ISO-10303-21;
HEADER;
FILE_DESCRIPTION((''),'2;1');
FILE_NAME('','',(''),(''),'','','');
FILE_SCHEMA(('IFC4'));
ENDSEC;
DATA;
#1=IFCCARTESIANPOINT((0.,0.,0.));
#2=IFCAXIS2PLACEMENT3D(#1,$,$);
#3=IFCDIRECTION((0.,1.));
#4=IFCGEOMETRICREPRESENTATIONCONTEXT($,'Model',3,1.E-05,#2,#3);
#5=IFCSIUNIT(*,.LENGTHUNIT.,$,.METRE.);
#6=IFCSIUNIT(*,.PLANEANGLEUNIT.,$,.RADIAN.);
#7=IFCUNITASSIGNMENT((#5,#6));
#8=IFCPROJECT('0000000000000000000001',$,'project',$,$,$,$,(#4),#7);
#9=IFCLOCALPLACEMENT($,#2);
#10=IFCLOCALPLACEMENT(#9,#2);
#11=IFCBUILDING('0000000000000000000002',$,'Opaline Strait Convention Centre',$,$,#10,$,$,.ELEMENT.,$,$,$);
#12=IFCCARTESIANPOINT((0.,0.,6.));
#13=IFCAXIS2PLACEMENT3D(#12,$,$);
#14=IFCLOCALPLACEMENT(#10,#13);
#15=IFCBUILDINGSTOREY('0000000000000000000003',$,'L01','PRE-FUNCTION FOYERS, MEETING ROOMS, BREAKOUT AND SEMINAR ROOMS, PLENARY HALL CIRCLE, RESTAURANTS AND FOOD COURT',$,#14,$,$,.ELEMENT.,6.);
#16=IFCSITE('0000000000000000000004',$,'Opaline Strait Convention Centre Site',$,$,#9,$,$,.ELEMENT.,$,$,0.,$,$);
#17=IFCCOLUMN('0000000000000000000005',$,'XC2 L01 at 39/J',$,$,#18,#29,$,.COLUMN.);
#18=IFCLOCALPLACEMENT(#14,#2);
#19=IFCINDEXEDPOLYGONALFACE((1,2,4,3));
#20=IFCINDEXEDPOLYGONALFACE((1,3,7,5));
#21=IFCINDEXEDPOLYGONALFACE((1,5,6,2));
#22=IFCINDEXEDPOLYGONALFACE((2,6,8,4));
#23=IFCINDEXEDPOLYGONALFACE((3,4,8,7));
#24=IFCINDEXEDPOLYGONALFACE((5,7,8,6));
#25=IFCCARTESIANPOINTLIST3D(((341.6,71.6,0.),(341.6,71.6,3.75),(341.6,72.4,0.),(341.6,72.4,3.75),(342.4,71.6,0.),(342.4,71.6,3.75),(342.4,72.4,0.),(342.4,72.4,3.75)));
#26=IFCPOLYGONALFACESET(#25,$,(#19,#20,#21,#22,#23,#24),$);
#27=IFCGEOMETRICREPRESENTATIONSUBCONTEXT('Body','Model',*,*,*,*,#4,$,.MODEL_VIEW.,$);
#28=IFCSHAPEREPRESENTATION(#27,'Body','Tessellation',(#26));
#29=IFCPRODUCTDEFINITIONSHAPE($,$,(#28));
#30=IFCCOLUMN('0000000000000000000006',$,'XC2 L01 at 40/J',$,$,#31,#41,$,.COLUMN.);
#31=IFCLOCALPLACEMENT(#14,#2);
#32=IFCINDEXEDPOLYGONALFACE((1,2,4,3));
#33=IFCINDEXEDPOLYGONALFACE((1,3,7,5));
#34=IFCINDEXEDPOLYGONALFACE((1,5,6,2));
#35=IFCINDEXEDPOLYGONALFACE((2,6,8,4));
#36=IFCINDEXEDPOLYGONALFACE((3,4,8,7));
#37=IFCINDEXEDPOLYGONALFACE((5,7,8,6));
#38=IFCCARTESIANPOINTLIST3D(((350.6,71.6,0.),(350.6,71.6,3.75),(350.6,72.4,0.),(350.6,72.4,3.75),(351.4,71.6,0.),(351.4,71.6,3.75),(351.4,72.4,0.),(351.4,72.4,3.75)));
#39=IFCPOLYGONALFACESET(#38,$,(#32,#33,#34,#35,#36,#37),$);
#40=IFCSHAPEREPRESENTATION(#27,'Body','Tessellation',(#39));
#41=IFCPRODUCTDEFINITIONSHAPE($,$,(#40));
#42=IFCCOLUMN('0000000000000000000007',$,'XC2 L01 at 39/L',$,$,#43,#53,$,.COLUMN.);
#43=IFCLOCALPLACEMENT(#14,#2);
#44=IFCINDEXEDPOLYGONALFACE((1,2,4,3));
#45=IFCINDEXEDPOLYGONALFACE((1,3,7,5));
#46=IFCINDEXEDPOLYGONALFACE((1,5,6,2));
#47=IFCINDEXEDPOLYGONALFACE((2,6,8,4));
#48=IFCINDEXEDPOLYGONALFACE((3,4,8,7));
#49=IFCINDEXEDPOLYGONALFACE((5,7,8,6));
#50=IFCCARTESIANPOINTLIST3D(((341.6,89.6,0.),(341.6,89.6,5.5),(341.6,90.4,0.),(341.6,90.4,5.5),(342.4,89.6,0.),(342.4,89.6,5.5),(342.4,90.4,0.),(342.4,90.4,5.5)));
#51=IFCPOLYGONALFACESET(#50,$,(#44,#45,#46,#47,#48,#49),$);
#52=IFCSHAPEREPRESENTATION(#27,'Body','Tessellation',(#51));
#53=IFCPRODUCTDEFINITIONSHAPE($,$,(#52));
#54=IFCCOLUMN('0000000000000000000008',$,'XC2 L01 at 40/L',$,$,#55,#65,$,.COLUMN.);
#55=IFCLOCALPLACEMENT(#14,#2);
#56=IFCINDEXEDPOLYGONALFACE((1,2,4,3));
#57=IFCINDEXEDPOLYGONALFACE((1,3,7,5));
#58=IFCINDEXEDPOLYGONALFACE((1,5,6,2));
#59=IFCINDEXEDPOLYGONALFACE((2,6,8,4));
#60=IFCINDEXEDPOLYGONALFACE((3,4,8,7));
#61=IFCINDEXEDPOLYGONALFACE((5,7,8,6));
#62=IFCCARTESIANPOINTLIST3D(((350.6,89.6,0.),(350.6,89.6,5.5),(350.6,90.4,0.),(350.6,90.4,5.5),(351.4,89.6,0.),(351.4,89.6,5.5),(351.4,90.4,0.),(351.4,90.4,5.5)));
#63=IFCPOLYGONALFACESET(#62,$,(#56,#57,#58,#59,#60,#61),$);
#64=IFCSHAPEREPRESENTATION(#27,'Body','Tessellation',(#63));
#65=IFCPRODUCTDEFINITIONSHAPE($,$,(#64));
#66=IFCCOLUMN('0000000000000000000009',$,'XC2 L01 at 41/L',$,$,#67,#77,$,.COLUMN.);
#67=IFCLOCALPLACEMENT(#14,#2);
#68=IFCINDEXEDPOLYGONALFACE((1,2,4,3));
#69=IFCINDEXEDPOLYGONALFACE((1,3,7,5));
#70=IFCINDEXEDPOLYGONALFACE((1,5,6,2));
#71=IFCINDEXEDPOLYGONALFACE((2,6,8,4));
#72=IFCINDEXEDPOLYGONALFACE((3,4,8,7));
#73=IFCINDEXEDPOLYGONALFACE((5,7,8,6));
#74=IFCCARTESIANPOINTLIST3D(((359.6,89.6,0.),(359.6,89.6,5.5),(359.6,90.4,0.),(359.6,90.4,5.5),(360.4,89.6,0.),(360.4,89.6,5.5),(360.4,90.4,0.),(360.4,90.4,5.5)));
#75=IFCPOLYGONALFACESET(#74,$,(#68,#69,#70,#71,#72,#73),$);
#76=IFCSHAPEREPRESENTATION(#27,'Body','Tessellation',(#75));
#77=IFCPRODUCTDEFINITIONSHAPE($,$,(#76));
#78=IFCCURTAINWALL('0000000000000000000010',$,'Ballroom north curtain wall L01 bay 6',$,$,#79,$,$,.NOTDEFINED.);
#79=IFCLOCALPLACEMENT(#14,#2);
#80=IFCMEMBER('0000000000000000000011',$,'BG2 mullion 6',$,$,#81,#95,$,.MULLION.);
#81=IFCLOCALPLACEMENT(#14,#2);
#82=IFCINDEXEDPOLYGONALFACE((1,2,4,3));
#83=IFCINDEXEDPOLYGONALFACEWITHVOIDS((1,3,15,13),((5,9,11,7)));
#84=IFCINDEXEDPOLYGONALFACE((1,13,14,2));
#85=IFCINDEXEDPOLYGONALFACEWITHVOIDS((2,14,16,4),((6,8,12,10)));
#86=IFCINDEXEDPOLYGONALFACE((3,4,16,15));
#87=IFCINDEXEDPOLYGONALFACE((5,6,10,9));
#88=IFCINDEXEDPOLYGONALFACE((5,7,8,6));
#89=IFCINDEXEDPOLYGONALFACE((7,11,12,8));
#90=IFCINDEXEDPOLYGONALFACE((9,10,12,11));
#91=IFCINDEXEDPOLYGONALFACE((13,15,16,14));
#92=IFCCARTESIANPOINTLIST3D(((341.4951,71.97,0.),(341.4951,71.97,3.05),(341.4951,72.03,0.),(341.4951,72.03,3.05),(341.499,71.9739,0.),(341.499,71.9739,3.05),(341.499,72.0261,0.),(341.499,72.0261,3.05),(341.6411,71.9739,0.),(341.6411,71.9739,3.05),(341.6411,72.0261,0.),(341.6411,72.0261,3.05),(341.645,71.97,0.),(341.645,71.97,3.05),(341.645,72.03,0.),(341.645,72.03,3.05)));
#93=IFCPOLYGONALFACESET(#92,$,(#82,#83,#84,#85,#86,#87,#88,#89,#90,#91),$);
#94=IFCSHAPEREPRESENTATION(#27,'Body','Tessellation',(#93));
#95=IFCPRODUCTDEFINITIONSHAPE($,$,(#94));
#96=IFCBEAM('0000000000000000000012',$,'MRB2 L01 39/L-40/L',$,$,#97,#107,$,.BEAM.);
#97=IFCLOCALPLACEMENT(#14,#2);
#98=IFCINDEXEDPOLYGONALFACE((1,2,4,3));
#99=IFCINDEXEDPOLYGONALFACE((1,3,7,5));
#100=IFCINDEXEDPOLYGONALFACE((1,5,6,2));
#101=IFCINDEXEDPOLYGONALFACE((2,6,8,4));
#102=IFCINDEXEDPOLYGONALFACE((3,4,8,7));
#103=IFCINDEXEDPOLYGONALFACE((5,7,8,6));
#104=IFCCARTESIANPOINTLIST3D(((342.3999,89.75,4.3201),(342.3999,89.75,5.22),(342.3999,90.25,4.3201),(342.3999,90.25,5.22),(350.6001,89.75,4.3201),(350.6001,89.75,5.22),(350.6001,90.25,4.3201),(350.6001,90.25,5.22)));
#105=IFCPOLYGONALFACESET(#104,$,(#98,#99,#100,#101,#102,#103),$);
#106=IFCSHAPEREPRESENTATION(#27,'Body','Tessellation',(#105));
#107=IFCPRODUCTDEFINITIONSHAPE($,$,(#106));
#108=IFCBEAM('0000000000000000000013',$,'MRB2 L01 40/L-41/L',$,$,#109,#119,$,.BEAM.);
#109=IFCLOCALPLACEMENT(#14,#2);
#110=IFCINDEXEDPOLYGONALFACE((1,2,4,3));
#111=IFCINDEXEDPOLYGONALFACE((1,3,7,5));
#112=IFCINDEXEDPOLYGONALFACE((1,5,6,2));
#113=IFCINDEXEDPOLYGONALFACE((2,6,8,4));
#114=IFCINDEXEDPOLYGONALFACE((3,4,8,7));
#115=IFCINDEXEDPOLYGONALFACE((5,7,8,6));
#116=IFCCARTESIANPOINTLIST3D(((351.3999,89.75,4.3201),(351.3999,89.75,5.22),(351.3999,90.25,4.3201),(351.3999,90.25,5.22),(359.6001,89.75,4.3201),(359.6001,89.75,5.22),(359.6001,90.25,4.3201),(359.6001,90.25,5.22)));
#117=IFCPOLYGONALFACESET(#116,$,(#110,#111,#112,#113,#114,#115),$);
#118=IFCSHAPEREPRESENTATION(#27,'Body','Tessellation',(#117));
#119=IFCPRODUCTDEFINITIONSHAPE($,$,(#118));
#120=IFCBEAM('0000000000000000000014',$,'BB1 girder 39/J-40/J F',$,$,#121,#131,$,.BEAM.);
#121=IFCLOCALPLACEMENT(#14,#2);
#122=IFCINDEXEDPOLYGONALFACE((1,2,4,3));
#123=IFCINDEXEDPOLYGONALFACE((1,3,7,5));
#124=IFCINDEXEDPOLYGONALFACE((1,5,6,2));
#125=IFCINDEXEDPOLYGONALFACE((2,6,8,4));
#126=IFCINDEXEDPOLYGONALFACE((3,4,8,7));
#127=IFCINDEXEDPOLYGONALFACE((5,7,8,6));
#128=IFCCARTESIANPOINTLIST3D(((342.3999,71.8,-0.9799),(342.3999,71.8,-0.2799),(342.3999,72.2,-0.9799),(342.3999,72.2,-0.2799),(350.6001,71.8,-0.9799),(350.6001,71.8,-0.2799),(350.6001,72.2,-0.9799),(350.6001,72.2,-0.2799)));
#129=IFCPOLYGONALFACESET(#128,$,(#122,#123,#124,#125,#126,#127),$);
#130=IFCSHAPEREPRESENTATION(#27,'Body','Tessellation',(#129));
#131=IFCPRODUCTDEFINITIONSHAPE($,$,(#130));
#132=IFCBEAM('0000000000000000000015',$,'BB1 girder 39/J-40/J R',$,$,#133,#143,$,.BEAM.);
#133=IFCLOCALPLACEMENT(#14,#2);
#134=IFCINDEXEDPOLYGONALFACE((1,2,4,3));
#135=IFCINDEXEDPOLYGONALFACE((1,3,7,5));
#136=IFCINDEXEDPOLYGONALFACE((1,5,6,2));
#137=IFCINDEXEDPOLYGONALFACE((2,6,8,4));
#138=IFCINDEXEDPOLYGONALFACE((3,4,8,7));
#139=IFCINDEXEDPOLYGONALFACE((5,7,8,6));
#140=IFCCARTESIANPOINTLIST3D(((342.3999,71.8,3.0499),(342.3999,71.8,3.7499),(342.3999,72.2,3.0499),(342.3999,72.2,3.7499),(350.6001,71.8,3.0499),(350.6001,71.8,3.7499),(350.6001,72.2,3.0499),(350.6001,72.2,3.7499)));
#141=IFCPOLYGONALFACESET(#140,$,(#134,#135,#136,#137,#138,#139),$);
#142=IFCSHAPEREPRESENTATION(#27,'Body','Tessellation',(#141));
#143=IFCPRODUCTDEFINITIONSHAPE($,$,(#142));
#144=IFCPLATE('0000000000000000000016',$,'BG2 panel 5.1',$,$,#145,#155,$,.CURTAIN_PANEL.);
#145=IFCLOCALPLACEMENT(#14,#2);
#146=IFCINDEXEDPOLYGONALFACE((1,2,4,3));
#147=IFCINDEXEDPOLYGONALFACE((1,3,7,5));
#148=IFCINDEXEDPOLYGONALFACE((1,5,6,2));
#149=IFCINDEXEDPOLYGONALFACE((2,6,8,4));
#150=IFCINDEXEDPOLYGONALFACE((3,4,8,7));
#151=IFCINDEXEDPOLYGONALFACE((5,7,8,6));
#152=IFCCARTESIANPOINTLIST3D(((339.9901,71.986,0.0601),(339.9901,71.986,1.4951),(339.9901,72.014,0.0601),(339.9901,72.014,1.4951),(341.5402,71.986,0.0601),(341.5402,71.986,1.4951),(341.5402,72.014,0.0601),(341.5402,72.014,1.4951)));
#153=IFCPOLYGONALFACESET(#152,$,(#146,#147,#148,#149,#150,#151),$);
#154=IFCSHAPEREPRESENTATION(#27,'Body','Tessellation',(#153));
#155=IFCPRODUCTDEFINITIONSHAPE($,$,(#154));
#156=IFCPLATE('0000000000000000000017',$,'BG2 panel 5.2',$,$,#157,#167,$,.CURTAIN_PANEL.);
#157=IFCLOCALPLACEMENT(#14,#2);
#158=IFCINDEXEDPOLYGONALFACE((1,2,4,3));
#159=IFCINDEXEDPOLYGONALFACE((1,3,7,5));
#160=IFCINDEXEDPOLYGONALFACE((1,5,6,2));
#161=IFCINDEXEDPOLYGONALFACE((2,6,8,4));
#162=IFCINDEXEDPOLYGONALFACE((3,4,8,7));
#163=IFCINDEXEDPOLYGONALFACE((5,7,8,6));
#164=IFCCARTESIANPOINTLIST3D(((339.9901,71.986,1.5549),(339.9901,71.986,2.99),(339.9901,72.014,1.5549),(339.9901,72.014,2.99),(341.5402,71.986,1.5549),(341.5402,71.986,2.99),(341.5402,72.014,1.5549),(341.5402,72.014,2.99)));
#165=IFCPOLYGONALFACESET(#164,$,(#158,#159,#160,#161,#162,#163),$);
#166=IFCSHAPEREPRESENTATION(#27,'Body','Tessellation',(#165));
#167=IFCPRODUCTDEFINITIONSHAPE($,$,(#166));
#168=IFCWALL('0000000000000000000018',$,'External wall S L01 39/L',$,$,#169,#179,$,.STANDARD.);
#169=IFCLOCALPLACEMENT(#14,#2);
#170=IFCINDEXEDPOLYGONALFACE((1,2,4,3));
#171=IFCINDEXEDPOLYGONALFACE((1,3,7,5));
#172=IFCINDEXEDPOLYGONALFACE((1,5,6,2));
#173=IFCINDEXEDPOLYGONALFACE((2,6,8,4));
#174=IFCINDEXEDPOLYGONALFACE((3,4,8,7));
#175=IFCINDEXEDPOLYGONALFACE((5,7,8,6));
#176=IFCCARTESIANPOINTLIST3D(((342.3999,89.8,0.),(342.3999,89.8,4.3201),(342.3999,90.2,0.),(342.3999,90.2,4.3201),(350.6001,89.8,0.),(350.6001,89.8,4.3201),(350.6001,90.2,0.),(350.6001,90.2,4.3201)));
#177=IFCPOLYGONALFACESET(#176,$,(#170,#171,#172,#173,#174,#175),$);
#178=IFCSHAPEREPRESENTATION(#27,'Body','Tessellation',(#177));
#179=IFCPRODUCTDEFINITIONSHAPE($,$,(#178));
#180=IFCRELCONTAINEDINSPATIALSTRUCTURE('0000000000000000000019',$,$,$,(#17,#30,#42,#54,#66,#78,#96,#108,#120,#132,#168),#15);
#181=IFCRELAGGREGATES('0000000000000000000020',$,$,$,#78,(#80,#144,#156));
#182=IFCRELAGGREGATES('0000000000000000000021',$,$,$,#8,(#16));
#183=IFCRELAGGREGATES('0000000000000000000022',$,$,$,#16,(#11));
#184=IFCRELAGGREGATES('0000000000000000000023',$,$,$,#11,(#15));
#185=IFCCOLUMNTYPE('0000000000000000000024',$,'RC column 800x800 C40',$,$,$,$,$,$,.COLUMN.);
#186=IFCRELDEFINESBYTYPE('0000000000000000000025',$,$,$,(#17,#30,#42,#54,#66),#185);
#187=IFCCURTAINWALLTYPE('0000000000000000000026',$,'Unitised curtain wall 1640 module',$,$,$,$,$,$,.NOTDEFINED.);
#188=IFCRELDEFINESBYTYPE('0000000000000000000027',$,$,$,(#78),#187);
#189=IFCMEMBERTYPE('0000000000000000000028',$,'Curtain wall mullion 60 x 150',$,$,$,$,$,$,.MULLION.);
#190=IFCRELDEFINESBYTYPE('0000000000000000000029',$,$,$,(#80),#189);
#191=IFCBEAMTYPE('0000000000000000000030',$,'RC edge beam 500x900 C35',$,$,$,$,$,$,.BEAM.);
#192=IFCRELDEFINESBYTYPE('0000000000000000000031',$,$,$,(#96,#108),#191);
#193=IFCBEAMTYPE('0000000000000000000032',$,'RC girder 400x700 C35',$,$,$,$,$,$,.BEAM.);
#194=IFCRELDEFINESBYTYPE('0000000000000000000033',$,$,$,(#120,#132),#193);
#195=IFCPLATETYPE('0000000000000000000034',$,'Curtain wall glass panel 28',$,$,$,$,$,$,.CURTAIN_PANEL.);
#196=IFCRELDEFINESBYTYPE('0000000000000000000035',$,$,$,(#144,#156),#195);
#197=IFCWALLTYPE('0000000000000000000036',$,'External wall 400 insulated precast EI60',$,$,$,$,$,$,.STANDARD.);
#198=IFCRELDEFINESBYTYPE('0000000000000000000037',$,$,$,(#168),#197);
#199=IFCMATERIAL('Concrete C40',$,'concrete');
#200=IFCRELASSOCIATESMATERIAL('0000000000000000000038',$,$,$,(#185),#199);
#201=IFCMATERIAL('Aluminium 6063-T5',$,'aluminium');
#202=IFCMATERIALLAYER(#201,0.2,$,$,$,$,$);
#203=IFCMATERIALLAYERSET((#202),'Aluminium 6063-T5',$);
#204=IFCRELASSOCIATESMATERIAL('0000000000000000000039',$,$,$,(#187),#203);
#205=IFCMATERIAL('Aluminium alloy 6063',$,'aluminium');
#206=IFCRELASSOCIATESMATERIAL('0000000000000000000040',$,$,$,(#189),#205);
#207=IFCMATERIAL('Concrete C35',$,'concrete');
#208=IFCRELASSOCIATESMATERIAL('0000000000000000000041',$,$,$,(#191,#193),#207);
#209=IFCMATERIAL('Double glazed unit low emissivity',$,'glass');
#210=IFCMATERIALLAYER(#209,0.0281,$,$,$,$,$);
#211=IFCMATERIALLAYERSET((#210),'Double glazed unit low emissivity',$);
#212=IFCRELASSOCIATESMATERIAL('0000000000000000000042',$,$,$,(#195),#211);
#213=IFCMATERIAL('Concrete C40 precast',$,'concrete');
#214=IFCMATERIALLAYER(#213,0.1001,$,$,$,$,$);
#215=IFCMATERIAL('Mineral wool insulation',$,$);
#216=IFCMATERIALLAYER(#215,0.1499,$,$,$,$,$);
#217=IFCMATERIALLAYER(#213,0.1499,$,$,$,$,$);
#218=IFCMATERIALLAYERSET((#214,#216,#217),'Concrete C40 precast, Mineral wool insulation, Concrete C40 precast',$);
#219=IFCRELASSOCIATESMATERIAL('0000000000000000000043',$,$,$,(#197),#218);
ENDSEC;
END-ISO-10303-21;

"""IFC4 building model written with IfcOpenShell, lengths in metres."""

from ifc_helpers import new_model, si_unit, direction, frame, frame_2d, origin, origin_2d, place, context, subcontext, project, spatial, rectangle, hollow_rectangle, extrude, material, layer, layer_set, material_profile, profile_set, type_object, element, aggregate, save


model = new_model("IFC4")

# Units and contexts
model_context = context("Model", 3, precision=1e-05, world=origin(), true_north=direction((0.0, 1.0)))
body_context = subcontext(model_context, "Body", "Model", "MODEL_VIEW")
ifc_project = project(units=[si_unit("LENGTHUNIT", "METRE"), si_unit("PLANEANGLEUNIT", "RADIAN")], contexts=[model_context])

# Site, building, storey
site_placement = place(None, origin())
site = spatial("IfcSite", under=ifc_project, at=site_placement, Name="Opaline Strait Convention Centre Site", CompositionType="ELEMENT", RefElevation=0.0)
building_placement = place(site_placement, origin())
building = spatial("IfcBuilding", under=site, at=building_placement, Name="Opaline Strait Convention Centre", CompositionType="ELEMENT")
storey_placement = place(building_placement, frame((0.0, 0.0, 6.0)))
storey = spatial("IfcBuildingStorey", under=building, at=storey_placement, Name="L01", Description="PRE-FUNCTION FOYERS, MEETING ROOMS, BREAKOUT AND SEMINAR ROOMS, PLENARY HALL CIRCLE, RESTAURANTS AND FOOD COURT", CompositionType="ELEMENT", Elevation=6.0)

# Columns
ifc_material_1 = material(Name="Concrete C40", Category="concrete")
ifc_material_profile_1 = material_profile(ifc_material_1, rectangle(XDim=0.8, YDim=0.8, at=origin_2d()), Name="RC 800x800")
ifc_profile_set_1 = profile_set([ifc_material_profile_1], Name="Concrete C40")
column_type = type_object("IfcColumnType", Name="RC column 800x800 C40", PredefinedType="COLUMN", material=ifc_profile_set_1)
for number, where, z_axis, x_axis, name in (
    (1, (342.0, 72.0, 0.0), (0.0, 0.0, 1.0), (1.0, 0.0, 0.0), "XC2 L01 at 39/J"),
    (2, (351.0, 72.0, 0.0), (0.0, 0.0, 1.0), (1.0, 0.0, 0.0), "XC2 L01 at 40/J"),
):
    element("IfcColumn", number, at=place(storey_placement, frame(where, z_axis=z_axis, x_axis=x_axis)), inside=storey, type_object=column_type, Name=name, PredefinedType="COLUMN", context=body_context, shape_type="SweptSolid", body=[
        extrude(rectangle(XDim=0.8, YDim=0.8, at=origin_2d()), origin(), (0.0, 0.0, 1.0), 3.75),
    ])
for number, where, z_axis, x_axis, name in (
    (3, (342.0, 90.0, 0.0), (0.0, 0.0, 1.0), (1.0, 0.0, 0.0), "XC2 L01 at 39/L"),
    (4, (351.0, 90.0, 0.0), (0.0, 0.0, 1.0), (1.0, 0.0, 0.0), "XC2 L01 at 40/L"),
    (5, (360.0, 90.0, 0.0), (0.0, 0.0, 1.0), (1.0, 0.0, 0.0), "XC2 L01 at 41/L"),
):
    element("IfcColumn", number, at=place(storey_placement, frame(where, z_axis=z_axis, x_axis=x_axis)), inside=storey, type_object=column_type, Name=name, PredefinedType="COLUMN", context=body_context, shape_type="SweptSolid", body=[
        extrude(rectangle(XDim=0.8, YDim=0.8, at=origin_2d()), origin(), (0.0, 0.0, 1.0), 5.5),
    ])

# Curtain wall, member
ifc_material_2 = material(Name="Aluminium 6063-T5", Category="aluminium")
ifc_layer_1 = layer(ifc_material_2, 0.2)
ifc_layer_set_1 = layer_set([ifc_layer_1], Name="Aluminium 6063-T5")
curtain_wall_type = type_object("IfcCurtainWallType", Name="Unitised curtain wall 1640 module", PredefinedType="NOTDEFINED", material=ifc_layer_set_1)
curtain_wall_placement = place(storey_placement, origin())
curtain_wall = element("IfcCurtainWall", 6, at=curtain_wall_placement, inside=storey, type_object=curtain_wall_type, Name="Ballroom north curtain wall L01 bay 6", PredefinedType="NOTDEFINED")
ifc_material_3 = material(Name="Aluminium alloy 6063", Category="aluminium")
ifc_material_profile_2 = material_profile(ifc_material_3, hollow_rectangle(XDim=0.0601, YDim=0.1499, WallThickness=0.0039, at=origin_2d()), Name="MULLION 60x150x4")
ifc_profile_set_2 = profile_set([ifc_material_profile_2], Name="Aluminium alloy 6063")
member_type = type_object("IfcMemberType", Name="Curtain wall mullion 60 x 150", PredefinedType="MULLION", material=ifc_profile_set_2)
member_placement = place(storey_placement, frame((341.5701, 72.0, 0.0), z_axis=(0.0, 0.0, 1.0), x_axis=(0.0, 1.0, 0.0)))
member = element("IfcMember", 7, at=member_placement, type_object=member_type, Name="BG2 mullion 6", PredefinedType="MULLION", context=body_context, shape_type="SweptSolid", body=[
    extrude(hollow_rectangle(XDim=0.0601, YDim=0.1499, WallThickness=0.0039, at=origin_2d()), origin(), (0.0, 0.0, 1.0), 3.05),
])

# Beams
ifc_material_4 = material(Name="Concrete C35", Category="concrete")
ifc_material_profile_3 = material_profile(ifc_material_4, rectangle(XDim=0.5, YDim=0.8999, at=origin_2d()), Name="RC 500x900")
ifc_profile_set_3 = profile_set([ifc_material_profile_3], Name="Concrete C35")
beam_type_1 = type_object("IfcBeamType", Name="RC edge beam 500x900 C35", PredefinedType="BEAM", material=ifc_profile_set_3)
for number, where, z_axis, x_axis, name in (
    (8, (342.3999, 90.0, 4.77), (1.0, 0.0, 0.0), (0.0, 1.0, 0.0), "MRB2 L01 39/L-40/L"),
    (9, (351.3999, 90.0, 4.77), (1.0, 0.0, 0.0), (0.0, 1.0, 0.0), "MRB2 L01 40/L-41/L"),
):
    element("IfcBeam", number, at=place(storey_placement, frame(where, z_axis=z_axis, x_axis=x_axis)), inside=storey, type_object=beam_type_1, Name=name, PredefinedType="BEAM", context=body_context, shape_type="SweptSolid", body=[
        extrude(rectangle(XDim=0.5, YDim=0.8999, at=origin_2d()), origin(), (0.0, 0.0, 1.0), 8.2002),
    ])
ifc_material_profile_4 = material_profile(ifc_material_4, rectangle(XDim=0.3999, YDim=0.7, at=origin_2d()), Name="RC 400x700")
ifc_profile_set_4 = profile_set([ifc_material_profile_4], Name="Concrete C35")
beam_type_2 = type_object("IfcBeamType", Name="RC girder 400x700 C35", PredefinedType="BEAM", material=ifc_profile_set_4)
for number, where, z_axis, x_axis, name in (
    (10, (342.3999, 72.0, -0.6299), (1.0, 0.0, 0.0), (0.0, 1.0, 0.0), "BB1 girder 39/J-40/J F"),
    (11, (342.3999, 72.0, 3.3999), (1.0, 0.0, 0.0), (0.0, 1.0, 0.0), "BB1 girder 39/J-40/J R"),
):
    element("IfcBeam", number, at=place(storey_placement, frame(where, z_axis=z_axis, x_axis=x_axis)), inside=storey, type_object=beam_type_2, Name=name, PredefinedType="BEAM", context=body_context, shape_type="SweptSolid", body=[
        extrude(rectangle(XDim=0.3999, YDim=0.7, at=origin_2d()), origin(), (0.0, 0.0, 1.0), 8.2002),
    ])

# Plates
ifc_material_5 = material(Name="Double glazed unit low emissivity", Category="glass")
ifc_layer_2 = layer(ifc_material_5, 0.0281)
ifc_layer_set_2 = layer_set([ifc_layer_2], Name="Double glazed unit low emissivity")
plate_type = type_object("IfcPlateType", Name="Curtain wall glass panel 28", PredefinedType="CURTAIN_PANEL", material=ifc_layer_set_2)
plate_1_placement = place(storey_placement, frame((340.7651, 72.0, 0.0601), z_axis=(0.0, 0.0, 1.0), x_axis=(1.0, 0.0, 0.0)))
plate_1 = element("IfcPlate", 12, at=plate_1_placement, type_object=plate_type, Name="BG2 panel 5.1", PredefinedType="CURTAIN_PANEL", context=body_context, shape_type="SweptSolid", body=[
    extrude(rectangle(XDim=1.55, YDim=0.0281, at=origin_2d()), origin(), (0.0, 0.0, 1.0), 1.4351),
])
plate_2_placement = place(storey_placement, frame((340.7651, 72.0, 1.5549), z_axis=(0.0, 0.0, 1.0), x_axis=(1.0, 0.0, 0.0)))
plate_2 = element("IfcPlate", 13, at=plate_2_placement, type_object=plate_type, Name="BG2 panel 5.2", PredefinedType="CURTAIN_PANEL", context=body_context, shape_type="SweptSolid", body=[
    extrude(rectangle(XDim=1.55, YDim=0.0281, at=origin_2d()), origin(), (0.0, 0.0, 1.0), 1.4351),
])
aggregate(curtain_wall, [member, plate_1, plate_2])

# Wall
ifc_material_6 = material(Name="Concrete C40 precast", Category="concrete")
ifc_layer_3 = layer(ifc_material_6, 0.1001)
ifc_material_7 = material(Name="Mineral wool insulation")
ifc_layer_4 = layer(ifc_material_7, 0.1499)
ifc_layer_5 = layer(ifc_material_6, 0.1499)
ifc_layer_set_3 = layer_set([ifc_layer_3, ifc_layer_4, ifc_layer_5], Name="Concrete C40 precast, Mineral wool insulation, Concrete C40 precast")
wall_type_1 = type_object("IfcWallType", Name="External wall 400 insulated precast EI60", PredefinedType="STANDARD", material=ifc_layer_set_3)
wall_1_placement = place(storey_placement, frame((342.3999, 90.0, 0.0), z_axis=(0.0, 0.0, 1.0), x_axis=(1.0, 0.0, 0.0)))
element("IfcWall", 14, at=wall_1_placement, inside=storey, type_object=wall_type_1, Name="External wall S L01 39/L", PredefinedType="STANDARD", context=body_context, shape_type="SweptSolid", body=[
    extrude(rectangle(XDim=8.2002, YDim=0.3999, at=frame_2d((4.1001, 0.0))), origin(), (0.0, 0.0, 1.0), 4.3201),
])

save(model, "model.ifc")
